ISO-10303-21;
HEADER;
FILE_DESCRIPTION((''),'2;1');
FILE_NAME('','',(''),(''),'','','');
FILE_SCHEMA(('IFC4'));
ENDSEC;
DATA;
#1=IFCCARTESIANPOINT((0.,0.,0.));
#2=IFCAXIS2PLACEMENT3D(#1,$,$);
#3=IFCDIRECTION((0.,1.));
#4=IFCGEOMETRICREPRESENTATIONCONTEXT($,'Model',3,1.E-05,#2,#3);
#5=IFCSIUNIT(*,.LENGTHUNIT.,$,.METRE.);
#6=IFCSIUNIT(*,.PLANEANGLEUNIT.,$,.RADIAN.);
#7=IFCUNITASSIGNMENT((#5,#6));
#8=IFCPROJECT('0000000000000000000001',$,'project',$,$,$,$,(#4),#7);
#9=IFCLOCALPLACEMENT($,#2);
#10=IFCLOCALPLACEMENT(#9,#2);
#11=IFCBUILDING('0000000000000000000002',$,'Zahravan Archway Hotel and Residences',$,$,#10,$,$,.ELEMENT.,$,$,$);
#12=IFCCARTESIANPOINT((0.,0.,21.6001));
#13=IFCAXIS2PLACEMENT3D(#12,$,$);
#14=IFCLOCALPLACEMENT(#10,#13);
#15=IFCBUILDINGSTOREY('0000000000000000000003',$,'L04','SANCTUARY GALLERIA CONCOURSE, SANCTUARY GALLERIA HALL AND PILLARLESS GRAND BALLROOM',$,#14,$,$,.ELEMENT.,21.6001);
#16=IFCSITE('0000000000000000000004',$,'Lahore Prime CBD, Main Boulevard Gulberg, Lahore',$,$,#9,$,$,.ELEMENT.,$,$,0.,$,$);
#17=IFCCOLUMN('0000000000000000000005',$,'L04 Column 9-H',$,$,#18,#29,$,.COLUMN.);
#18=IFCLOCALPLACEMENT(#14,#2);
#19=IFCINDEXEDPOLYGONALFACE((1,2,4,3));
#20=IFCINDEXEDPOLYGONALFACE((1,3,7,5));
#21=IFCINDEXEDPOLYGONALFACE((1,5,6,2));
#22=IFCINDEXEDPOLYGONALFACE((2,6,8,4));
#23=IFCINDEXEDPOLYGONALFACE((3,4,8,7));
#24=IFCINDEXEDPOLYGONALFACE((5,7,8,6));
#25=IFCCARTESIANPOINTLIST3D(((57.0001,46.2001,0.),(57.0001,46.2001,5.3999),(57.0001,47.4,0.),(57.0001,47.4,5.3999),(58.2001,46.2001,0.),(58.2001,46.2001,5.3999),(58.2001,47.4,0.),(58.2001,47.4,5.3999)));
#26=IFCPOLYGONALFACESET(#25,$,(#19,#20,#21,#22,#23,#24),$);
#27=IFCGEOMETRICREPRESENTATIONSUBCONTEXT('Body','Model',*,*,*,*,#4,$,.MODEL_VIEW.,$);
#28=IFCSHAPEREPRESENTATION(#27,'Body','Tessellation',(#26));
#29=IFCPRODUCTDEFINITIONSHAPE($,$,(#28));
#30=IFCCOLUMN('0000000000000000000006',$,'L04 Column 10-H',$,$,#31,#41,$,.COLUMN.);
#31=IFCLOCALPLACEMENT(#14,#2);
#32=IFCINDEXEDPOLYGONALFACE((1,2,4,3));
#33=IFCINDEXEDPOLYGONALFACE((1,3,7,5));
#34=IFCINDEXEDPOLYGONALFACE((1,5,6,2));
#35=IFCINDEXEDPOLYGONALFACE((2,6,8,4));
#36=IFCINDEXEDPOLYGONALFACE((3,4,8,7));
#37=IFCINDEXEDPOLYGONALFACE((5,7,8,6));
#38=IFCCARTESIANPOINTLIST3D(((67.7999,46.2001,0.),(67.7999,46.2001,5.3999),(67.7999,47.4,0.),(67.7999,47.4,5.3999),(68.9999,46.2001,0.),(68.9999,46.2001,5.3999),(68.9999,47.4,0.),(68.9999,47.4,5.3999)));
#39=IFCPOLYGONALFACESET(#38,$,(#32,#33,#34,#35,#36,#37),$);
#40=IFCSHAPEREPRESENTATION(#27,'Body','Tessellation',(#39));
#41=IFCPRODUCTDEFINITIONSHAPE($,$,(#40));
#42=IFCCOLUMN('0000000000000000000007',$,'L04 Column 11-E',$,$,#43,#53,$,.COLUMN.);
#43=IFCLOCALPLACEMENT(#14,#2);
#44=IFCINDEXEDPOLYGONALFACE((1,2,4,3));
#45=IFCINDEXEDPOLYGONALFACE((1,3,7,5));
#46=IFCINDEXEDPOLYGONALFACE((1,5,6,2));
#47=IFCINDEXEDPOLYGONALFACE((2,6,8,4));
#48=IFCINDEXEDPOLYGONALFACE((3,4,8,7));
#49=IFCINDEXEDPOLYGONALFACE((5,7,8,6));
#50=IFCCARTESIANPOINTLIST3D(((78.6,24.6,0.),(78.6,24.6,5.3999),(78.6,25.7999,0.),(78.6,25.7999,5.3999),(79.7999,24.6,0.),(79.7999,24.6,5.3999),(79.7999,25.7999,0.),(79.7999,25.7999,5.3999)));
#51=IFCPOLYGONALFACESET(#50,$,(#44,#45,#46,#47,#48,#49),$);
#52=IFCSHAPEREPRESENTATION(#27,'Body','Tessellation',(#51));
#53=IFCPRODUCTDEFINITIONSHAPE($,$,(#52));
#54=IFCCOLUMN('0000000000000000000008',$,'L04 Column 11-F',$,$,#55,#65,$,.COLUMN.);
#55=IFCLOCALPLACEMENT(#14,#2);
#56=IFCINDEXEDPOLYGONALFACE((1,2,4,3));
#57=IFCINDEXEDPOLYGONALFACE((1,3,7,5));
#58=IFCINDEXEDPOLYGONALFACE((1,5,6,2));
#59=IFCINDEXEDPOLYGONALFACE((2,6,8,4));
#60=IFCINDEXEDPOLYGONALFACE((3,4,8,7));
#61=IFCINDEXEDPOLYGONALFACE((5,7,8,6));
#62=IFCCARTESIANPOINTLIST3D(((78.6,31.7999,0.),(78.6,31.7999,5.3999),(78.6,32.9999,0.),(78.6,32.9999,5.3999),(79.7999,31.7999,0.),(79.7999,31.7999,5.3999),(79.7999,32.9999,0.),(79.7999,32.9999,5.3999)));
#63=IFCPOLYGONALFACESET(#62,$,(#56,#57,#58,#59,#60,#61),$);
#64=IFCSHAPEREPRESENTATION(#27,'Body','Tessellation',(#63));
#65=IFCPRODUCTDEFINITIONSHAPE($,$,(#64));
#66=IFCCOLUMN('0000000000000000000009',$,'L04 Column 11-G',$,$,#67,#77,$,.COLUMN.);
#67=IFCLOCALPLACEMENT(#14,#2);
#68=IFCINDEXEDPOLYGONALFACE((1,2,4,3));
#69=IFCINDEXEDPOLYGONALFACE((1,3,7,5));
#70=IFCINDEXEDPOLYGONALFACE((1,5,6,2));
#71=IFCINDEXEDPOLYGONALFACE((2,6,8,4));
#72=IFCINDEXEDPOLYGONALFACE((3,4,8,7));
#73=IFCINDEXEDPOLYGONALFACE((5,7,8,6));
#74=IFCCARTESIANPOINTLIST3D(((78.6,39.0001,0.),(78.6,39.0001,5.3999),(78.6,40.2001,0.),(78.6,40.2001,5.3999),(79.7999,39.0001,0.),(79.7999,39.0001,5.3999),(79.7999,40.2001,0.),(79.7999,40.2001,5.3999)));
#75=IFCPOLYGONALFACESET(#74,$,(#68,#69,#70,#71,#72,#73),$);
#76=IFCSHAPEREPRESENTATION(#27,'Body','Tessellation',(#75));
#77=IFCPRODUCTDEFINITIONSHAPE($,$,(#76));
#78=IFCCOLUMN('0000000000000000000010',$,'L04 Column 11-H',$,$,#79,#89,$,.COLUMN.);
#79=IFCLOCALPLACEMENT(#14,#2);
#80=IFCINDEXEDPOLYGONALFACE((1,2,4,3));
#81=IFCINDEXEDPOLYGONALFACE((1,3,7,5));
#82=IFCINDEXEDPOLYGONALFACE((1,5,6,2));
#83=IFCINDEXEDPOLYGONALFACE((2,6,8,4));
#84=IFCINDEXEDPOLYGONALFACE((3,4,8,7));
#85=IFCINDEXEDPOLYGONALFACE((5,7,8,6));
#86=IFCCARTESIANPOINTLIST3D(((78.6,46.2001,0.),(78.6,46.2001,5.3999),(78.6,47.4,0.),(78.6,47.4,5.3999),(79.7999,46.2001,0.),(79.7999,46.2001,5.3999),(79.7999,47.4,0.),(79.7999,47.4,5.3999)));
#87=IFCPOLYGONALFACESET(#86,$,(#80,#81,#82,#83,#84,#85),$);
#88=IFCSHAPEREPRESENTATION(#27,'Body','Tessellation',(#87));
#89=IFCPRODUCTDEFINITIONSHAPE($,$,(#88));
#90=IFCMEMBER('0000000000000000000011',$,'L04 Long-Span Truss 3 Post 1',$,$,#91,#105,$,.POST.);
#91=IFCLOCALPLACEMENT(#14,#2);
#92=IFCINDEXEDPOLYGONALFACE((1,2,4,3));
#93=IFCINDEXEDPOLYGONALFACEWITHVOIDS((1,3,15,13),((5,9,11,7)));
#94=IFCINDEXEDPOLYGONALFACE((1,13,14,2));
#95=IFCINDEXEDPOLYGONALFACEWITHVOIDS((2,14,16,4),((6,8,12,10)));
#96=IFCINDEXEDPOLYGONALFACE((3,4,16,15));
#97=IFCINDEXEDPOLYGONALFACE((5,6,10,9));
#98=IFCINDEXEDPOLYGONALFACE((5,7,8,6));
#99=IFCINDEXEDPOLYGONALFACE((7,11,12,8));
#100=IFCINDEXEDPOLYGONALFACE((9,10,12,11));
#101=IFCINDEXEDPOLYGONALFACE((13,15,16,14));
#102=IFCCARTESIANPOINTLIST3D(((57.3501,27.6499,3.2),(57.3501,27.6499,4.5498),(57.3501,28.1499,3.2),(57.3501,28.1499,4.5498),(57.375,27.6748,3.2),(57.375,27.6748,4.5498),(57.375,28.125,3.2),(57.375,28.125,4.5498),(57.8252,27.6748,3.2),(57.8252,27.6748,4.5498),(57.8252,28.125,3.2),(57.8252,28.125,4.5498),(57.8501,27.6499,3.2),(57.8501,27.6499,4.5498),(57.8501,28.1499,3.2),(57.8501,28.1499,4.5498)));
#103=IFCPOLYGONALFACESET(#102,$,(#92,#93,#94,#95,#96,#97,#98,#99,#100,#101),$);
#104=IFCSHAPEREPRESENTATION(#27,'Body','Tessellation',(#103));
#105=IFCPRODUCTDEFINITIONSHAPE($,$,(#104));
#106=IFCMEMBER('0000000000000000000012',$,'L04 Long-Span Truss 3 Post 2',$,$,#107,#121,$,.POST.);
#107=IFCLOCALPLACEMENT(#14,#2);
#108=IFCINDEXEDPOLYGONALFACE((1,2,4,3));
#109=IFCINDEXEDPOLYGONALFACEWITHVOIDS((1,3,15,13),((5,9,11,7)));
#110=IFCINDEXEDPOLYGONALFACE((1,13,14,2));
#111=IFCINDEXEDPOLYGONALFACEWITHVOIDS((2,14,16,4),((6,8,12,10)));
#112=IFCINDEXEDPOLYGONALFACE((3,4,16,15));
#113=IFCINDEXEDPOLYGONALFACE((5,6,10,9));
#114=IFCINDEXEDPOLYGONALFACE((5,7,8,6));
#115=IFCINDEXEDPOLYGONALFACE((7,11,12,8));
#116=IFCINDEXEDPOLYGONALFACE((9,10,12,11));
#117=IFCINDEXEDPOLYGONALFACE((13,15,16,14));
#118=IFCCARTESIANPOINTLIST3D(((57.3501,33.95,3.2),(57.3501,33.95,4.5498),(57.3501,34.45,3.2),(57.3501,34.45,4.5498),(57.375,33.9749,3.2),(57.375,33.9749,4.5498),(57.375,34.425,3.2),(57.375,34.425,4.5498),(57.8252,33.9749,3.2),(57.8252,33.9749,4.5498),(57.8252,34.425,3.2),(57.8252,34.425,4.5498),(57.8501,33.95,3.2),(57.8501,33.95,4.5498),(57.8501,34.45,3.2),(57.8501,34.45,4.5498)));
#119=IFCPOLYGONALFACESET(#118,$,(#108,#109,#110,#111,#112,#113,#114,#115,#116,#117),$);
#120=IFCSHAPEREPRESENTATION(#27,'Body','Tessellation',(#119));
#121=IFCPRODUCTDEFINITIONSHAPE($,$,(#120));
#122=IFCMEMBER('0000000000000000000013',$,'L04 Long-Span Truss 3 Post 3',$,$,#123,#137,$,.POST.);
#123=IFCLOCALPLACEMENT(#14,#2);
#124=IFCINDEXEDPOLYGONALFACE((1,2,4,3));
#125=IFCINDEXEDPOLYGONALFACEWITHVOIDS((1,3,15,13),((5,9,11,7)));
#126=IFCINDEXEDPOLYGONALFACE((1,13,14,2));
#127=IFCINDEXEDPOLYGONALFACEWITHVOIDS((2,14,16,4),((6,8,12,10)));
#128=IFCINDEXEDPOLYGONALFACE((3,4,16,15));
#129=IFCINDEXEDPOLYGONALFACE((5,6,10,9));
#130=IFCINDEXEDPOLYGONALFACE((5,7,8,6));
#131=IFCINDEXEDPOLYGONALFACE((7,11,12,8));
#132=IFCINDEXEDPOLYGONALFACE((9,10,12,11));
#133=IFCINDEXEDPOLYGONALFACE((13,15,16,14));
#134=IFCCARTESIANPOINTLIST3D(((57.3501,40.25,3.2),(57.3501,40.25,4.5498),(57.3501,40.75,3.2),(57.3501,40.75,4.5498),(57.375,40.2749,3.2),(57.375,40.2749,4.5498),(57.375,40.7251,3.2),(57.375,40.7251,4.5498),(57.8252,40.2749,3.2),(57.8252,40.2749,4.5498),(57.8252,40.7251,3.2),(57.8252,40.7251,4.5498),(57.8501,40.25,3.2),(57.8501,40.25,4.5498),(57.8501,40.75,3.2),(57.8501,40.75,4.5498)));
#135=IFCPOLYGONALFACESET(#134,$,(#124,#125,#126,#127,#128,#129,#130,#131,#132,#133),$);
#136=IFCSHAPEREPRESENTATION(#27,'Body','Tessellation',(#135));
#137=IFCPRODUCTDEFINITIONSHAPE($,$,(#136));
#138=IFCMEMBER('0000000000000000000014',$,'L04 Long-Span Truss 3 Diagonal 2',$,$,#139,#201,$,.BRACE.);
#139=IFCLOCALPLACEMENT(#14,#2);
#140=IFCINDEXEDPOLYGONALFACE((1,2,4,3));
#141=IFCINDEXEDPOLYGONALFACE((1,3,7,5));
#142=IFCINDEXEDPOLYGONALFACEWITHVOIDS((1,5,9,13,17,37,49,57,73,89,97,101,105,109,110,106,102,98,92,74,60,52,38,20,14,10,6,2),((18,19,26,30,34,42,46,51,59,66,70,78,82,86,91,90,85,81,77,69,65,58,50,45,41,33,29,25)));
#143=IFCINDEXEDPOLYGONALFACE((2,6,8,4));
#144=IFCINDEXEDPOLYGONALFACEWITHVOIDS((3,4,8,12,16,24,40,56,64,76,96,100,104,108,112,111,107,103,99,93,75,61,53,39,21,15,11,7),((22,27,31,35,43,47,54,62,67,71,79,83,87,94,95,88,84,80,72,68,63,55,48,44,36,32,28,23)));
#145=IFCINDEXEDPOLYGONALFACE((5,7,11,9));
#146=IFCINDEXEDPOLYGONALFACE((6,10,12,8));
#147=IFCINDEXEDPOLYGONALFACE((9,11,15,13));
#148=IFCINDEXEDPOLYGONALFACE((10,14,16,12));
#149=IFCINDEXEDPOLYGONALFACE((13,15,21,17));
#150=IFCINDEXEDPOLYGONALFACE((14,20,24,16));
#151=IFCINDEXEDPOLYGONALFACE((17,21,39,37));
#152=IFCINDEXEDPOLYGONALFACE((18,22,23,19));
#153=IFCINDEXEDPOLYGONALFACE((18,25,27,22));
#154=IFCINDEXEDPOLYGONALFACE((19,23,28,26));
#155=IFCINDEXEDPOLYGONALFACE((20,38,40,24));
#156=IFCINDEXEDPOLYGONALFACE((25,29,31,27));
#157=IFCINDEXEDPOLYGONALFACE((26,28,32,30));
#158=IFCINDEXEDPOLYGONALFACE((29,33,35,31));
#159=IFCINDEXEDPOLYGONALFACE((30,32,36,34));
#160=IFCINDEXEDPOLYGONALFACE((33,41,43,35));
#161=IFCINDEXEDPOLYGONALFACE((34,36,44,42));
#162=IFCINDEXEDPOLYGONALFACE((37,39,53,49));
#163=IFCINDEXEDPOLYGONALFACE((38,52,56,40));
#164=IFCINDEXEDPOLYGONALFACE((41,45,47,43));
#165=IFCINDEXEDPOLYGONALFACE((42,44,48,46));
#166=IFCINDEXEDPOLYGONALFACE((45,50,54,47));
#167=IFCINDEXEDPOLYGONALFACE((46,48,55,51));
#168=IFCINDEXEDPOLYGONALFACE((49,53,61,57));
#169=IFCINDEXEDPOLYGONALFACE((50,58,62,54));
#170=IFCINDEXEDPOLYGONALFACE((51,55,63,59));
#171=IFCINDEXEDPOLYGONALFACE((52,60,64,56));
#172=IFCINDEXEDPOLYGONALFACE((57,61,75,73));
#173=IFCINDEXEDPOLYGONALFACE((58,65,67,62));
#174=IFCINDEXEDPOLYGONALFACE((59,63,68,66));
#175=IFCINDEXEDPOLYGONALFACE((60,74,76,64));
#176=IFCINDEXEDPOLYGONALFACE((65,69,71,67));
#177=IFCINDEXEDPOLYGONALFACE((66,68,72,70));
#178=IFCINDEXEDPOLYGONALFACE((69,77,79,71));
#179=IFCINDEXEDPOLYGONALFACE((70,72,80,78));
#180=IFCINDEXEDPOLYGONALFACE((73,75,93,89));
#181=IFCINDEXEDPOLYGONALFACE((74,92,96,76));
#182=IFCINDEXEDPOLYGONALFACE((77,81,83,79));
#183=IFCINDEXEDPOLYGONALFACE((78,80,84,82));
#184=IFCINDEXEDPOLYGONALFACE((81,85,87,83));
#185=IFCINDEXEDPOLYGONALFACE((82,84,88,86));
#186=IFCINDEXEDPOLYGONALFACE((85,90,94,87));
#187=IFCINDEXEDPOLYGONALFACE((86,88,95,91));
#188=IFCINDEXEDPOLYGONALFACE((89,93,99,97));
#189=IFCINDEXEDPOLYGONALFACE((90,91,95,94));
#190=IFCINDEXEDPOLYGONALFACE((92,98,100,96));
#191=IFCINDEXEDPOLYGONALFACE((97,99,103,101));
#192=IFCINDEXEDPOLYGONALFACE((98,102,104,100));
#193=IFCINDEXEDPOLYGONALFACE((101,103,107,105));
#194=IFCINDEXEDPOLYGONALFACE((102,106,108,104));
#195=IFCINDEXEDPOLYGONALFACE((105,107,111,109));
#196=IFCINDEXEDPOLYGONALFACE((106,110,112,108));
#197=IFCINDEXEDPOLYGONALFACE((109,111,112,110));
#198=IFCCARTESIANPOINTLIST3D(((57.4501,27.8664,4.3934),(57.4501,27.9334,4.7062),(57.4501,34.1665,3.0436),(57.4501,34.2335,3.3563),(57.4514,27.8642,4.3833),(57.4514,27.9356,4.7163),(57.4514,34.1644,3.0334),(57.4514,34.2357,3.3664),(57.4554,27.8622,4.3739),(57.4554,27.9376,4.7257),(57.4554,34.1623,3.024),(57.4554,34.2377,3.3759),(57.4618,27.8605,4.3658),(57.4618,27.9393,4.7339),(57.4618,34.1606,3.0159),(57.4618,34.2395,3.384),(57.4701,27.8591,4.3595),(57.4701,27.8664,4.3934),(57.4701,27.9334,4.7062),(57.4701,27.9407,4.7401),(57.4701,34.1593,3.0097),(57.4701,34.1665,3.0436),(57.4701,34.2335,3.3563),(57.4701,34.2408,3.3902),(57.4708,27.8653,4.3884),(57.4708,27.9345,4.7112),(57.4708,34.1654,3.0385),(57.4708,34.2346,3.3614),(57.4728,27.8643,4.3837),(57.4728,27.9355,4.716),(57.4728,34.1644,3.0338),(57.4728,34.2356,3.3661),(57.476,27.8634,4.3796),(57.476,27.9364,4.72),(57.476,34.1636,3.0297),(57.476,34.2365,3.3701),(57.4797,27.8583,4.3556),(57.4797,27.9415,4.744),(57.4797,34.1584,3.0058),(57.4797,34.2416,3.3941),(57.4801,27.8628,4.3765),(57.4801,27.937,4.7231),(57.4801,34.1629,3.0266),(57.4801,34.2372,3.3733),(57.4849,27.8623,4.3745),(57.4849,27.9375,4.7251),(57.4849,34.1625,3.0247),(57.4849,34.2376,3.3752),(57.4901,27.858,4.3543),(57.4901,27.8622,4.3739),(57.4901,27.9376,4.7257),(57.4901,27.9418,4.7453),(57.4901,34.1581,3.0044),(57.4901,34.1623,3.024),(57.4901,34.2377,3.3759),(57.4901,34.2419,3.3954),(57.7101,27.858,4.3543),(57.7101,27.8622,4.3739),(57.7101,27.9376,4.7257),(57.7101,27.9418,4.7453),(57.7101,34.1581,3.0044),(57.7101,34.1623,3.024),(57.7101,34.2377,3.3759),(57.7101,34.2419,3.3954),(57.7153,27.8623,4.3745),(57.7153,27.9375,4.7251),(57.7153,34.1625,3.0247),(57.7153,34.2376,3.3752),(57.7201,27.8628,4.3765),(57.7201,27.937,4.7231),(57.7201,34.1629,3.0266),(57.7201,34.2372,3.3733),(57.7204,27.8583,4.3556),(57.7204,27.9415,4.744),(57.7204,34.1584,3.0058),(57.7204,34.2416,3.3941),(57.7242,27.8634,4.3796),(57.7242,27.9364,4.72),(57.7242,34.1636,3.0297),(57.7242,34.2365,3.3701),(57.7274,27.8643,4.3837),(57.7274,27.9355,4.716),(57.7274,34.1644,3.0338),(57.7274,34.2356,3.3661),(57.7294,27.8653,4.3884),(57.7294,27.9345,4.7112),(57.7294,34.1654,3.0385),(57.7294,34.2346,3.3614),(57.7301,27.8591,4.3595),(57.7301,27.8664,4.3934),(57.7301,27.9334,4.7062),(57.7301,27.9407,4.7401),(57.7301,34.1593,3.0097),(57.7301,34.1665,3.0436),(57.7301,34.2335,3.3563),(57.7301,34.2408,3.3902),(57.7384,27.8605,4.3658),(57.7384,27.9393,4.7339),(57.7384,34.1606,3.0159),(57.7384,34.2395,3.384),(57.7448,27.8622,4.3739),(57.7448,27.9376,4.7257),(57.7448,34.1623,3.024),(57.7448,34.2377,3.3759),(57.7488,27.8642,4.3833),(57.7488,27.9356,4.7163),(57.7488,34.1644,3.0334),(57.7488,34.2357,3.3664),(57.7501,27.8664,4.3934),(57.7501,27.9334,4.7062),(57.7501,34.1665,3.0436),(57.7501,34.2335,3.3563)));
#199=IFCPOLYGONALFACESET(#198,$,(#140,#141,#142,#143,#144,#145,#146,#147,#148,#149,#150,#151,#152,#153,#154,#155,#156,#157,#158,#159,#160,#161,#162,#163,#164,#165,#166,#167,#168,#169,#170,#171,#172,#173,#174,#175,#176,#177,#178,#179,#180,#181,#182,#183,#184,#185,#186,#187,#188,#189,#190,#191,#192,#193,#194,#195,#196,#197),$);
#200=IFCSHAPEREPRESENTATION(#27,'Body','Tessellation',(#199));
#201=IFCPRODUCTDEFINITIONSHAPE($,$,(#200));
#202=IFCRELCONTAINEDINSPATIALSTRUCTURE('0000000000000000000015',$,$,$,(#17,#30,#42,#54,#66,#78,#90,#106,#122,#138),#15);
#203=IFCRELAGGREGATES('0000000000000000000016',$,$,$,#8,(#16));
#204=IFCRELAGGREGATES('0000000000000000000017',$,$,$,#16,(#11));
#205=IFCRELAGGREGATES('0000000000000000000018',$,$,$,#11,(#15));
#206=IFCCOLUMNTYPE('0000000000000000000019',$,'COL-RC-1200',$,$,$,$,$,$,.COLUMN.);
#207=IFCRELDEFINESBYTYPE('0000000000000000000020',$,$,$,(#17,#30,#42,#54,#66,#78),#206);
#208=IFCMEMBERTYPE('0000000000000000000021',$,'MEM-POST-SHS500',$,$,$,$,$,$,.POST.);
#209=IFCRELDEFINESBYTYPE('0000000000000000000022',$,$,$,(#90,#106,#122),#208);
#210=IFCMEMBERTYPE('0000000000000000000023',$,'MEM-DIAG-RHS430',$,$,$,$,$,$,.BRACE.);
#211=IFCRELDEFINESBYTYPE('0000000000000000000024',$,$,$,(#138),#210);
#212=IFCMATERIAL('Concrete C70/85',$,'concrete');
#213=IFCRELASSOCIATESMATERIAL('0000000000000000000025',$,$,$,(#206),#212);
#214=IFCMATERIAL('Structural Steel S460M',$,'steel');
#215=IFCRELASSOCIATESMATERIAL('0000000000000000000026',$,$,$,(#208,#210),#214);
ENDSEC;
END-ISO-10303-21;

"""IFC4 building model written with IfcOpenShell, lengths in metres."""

from ifc_helpers import new_model, si_unit, direction, frame, origin, origin_2d, place, context, subcontext, project, spatial, rectangle, hollow_rectangle, extrude, source, transform, mapped, material, material_profile, profile_set, type_object, element, save


model = new_model("IFC4")

# Units and contexts
model_context = context("Model", 3, precision=1e-05, world=origin(), true_north=direction((0.0, 1.0)))
body_context = subcontext(model_context, "Body", "Model", "MODEL_VIEW")
ifc_project = project(units=[si_unit("LENGTHUNIT", "METRE"), si_unit("PLANEANGLEUNIT", "RADIAN")], contexts=[model_context])

# Site, building, storey
site_placement = place(None, origin())
site = spatial("IfcSite", under=ifc_project, at=site_placement, Name="Lahore Prime CBD, Main Boulevard Gulberg, Lahore", CompositionType="ELEMENT", RefElevation=0.0)
building_placement = place(site_placement, origin())
building = spatial("IfcBuilding", under=site, at=building_placement, Name="Zahravan Archway Hotel and Residences", CompositionType="ELEMENT")
storey_placement = place(building_placement, frame((0.0, 0.0, 21.6001)))
storey = spatial("IfcBuildingStorey", under=building, at=storey_placement, Name="L04", Description="SANCTUARY GALLERIA CONCOURSE, SANCTUARY GALLERIA HALL AND PILLARLESS GRAND BALLROOM", CompositionType="ELEMENT", Elevation=21.6001)

# Columns
ifc_material_1 = material(Name="Concrete C70/85", Category="concrete")
ifc_material_profile_1 = material_profile(ifc_material_1, rectangle(XDim=1.2, YDim=1.2, at=origin_2d()), Name="RC-COL-1200x1200", Category="concrete")
ifc_profile_set_1 = profile_set([ifc_material_profile_1], Name="Concrete C70/85")
column_type = type_object("IfcColumnType", Name="COL-RC-1200", PredefinedType="COLUMN", material=ifc_profile_set_1)
shared_shape_1 = source(origin(), body_context, "Body", "SweptSolid", [
    extrude(rectangle(XDim=1.2, YDim=1.2, at=origin_2d()), origin(), (0.0, 0.0, 1.0), 5.3999),
])
for number, where, z_axis, x_axis, name in (
    (1, (57.6001, 46.8, 0.0), (0.0, 0.0, 1.0), (1.0, 0.0, 0.0), "L04 Column 9-H"),
    (2, (68.3999, 46.8, 0.0), (0.0, 0.0, 1.0), (1.0, 0.0, 0.0), "L04 Column 10-H"),
    (3, (79.2, 25.2, 0.0), (0.0, 0.0, 1.0), (1.0, 0.0, 0.0), "L04 Column 11-E"),
    (4, (79.2, 32.3999, 0.0), (0.0, 0.0, 1.0), (1.0, 0.0, 0.0), "L04 Column 11-F"),
    (5, (79.2, 39.6001, 0.0), (0.0, 0.0, 1.0), (1.0, 0.0, 0.0), "L04 Column 11-G"),
    (6, (79.2, 46.8, 0.0), (0.0, 0.0, 1.0), (1.0, 0.0, 0.0), "L04 Column 11-H"),
):
    element("IfcColumn", number, at=place(storey_placement, frame(where, z_axis=z_axis, x_axis=x_axis)), inside=storey, type_object=column_type, Name=name, PredefinedType="COLUMN", context=body_context, shape_type="MappedRepresentation", body=[
        mapped(shared_shape_1, transform((0.0, 0.0, 0.0), scale=1.0)),
    ])

# Members
ifc_material_2 = material(Name="Structural Steel S460M", Category="steel")
ifc_material_profile_2 = material_profile(ifc_material_2, hollow_rectangle(XDim=0.5, YDim=0.5, WallThickness=0.0249, at=origin_2d()), Name="SHS 500x500x25", Category="steel")
ifc_profile_set_2 = profile_set([ifc_material_profile_2], Name="Structural Steel S460M")
member_type_1 = type_object("IfcMemberType", Name="MEM-POST-SHS500", PredefinedType="POST", material=ifc_profile_set_2)
shared_shape_2 = source(origin(), body_context, "Body", "SweptSolid", [
    extrude(hollow_rectangle(XDim=0.5, YDim=0.5, WallThickness=0.0249, at=origin_2d()), origin(), (0.0, 0.0, 1.0), 1.3499),
])
for number, where, z_axis, x_axis, name in (
    (7, (57.6001, 27.8999, 3.2), (0.0, 0.0, 1.0), (1.0, 0.0, 0.0), "L04 Long-Span Truss 3 Post 1"),
    (8, (57.6001, 34.2, 3.2), (0.0, 0.0, 1.0), (1.0, 0.0, 0.0), "L04 Long-Span Truss 3 Post 2"),
    (9, (57.6001, 40.5, 3.2), (0.0, 0.0, 1.0), (1.0, 0.0, 0.0), "L04 Long-Span Truss 3 Post 3"),
):
    element("IfcMember", number, at=place(storey_placement, frame(where, z_axis=z_axis, x_axis=x_axis)), inside=storey, type_object=member_type_1, Name=name, PredefinedType="POST", context=body_context, shape_type="MappedRepresentation", body=[
        mapped(shared_shape_2, transform((0.0, 0.0, 0.0), scale=1.0)),
    ])
ifc_material_profile_3 = material_profile(ifc_material_2, hollow_rectangle(XDim=0.3, YDim=0.3999, WallThickness=0.02, InnerFilletRadius=0.02, OuterFilletRadius=0.04, at=origin_2d()), Name="RHS 400x300x20", Category="steel")
ifc_profile_set_3 = profile_set([ifc_material_profile_3], Name="Structural Steel S460M")
member_type_2 = type_object("IfcMemberType", Name="MEM-DIAG-RHS430", PredefinedType="BRACE", material=ifc_profile_set_3)
shared_shape_3 = source(origin(), body_context, "Body", "SweptSolid", [
    extrude(hollow_rectangle(XDim=0.3, YDim=0.3999, WallThickness=0.02, InnerFilletRadius=0.02, OuterFilletRadius=0.04, at=origin_2d()), origin(), (0.0, 0.0, 1.0), 6.4431),
])
for number, where, z_axis, x_axis, name in (
    (10, (57.6001, 27.8999, 4.5498), (0.0, 0.977807, -0.209506), (-1.0, 0.0, 0.0), "L04 Long-Span Truss 3 Diagonal 2"),
):
    element("IfcMember", number, at=place(storey_placement, frame(where, z_axis=z_axis, x_axis=x_axis)), inside=storey, type_object=member_type_2, Name=name, PredefinedType="BRACE", context=body_context, shape_type="MappedRepresentation", body=[
        mapped(shared_shape_3, transform((0.0, 0.0, 0.0), scale=1.0)),
    ])

save(model, "model.ifc")
